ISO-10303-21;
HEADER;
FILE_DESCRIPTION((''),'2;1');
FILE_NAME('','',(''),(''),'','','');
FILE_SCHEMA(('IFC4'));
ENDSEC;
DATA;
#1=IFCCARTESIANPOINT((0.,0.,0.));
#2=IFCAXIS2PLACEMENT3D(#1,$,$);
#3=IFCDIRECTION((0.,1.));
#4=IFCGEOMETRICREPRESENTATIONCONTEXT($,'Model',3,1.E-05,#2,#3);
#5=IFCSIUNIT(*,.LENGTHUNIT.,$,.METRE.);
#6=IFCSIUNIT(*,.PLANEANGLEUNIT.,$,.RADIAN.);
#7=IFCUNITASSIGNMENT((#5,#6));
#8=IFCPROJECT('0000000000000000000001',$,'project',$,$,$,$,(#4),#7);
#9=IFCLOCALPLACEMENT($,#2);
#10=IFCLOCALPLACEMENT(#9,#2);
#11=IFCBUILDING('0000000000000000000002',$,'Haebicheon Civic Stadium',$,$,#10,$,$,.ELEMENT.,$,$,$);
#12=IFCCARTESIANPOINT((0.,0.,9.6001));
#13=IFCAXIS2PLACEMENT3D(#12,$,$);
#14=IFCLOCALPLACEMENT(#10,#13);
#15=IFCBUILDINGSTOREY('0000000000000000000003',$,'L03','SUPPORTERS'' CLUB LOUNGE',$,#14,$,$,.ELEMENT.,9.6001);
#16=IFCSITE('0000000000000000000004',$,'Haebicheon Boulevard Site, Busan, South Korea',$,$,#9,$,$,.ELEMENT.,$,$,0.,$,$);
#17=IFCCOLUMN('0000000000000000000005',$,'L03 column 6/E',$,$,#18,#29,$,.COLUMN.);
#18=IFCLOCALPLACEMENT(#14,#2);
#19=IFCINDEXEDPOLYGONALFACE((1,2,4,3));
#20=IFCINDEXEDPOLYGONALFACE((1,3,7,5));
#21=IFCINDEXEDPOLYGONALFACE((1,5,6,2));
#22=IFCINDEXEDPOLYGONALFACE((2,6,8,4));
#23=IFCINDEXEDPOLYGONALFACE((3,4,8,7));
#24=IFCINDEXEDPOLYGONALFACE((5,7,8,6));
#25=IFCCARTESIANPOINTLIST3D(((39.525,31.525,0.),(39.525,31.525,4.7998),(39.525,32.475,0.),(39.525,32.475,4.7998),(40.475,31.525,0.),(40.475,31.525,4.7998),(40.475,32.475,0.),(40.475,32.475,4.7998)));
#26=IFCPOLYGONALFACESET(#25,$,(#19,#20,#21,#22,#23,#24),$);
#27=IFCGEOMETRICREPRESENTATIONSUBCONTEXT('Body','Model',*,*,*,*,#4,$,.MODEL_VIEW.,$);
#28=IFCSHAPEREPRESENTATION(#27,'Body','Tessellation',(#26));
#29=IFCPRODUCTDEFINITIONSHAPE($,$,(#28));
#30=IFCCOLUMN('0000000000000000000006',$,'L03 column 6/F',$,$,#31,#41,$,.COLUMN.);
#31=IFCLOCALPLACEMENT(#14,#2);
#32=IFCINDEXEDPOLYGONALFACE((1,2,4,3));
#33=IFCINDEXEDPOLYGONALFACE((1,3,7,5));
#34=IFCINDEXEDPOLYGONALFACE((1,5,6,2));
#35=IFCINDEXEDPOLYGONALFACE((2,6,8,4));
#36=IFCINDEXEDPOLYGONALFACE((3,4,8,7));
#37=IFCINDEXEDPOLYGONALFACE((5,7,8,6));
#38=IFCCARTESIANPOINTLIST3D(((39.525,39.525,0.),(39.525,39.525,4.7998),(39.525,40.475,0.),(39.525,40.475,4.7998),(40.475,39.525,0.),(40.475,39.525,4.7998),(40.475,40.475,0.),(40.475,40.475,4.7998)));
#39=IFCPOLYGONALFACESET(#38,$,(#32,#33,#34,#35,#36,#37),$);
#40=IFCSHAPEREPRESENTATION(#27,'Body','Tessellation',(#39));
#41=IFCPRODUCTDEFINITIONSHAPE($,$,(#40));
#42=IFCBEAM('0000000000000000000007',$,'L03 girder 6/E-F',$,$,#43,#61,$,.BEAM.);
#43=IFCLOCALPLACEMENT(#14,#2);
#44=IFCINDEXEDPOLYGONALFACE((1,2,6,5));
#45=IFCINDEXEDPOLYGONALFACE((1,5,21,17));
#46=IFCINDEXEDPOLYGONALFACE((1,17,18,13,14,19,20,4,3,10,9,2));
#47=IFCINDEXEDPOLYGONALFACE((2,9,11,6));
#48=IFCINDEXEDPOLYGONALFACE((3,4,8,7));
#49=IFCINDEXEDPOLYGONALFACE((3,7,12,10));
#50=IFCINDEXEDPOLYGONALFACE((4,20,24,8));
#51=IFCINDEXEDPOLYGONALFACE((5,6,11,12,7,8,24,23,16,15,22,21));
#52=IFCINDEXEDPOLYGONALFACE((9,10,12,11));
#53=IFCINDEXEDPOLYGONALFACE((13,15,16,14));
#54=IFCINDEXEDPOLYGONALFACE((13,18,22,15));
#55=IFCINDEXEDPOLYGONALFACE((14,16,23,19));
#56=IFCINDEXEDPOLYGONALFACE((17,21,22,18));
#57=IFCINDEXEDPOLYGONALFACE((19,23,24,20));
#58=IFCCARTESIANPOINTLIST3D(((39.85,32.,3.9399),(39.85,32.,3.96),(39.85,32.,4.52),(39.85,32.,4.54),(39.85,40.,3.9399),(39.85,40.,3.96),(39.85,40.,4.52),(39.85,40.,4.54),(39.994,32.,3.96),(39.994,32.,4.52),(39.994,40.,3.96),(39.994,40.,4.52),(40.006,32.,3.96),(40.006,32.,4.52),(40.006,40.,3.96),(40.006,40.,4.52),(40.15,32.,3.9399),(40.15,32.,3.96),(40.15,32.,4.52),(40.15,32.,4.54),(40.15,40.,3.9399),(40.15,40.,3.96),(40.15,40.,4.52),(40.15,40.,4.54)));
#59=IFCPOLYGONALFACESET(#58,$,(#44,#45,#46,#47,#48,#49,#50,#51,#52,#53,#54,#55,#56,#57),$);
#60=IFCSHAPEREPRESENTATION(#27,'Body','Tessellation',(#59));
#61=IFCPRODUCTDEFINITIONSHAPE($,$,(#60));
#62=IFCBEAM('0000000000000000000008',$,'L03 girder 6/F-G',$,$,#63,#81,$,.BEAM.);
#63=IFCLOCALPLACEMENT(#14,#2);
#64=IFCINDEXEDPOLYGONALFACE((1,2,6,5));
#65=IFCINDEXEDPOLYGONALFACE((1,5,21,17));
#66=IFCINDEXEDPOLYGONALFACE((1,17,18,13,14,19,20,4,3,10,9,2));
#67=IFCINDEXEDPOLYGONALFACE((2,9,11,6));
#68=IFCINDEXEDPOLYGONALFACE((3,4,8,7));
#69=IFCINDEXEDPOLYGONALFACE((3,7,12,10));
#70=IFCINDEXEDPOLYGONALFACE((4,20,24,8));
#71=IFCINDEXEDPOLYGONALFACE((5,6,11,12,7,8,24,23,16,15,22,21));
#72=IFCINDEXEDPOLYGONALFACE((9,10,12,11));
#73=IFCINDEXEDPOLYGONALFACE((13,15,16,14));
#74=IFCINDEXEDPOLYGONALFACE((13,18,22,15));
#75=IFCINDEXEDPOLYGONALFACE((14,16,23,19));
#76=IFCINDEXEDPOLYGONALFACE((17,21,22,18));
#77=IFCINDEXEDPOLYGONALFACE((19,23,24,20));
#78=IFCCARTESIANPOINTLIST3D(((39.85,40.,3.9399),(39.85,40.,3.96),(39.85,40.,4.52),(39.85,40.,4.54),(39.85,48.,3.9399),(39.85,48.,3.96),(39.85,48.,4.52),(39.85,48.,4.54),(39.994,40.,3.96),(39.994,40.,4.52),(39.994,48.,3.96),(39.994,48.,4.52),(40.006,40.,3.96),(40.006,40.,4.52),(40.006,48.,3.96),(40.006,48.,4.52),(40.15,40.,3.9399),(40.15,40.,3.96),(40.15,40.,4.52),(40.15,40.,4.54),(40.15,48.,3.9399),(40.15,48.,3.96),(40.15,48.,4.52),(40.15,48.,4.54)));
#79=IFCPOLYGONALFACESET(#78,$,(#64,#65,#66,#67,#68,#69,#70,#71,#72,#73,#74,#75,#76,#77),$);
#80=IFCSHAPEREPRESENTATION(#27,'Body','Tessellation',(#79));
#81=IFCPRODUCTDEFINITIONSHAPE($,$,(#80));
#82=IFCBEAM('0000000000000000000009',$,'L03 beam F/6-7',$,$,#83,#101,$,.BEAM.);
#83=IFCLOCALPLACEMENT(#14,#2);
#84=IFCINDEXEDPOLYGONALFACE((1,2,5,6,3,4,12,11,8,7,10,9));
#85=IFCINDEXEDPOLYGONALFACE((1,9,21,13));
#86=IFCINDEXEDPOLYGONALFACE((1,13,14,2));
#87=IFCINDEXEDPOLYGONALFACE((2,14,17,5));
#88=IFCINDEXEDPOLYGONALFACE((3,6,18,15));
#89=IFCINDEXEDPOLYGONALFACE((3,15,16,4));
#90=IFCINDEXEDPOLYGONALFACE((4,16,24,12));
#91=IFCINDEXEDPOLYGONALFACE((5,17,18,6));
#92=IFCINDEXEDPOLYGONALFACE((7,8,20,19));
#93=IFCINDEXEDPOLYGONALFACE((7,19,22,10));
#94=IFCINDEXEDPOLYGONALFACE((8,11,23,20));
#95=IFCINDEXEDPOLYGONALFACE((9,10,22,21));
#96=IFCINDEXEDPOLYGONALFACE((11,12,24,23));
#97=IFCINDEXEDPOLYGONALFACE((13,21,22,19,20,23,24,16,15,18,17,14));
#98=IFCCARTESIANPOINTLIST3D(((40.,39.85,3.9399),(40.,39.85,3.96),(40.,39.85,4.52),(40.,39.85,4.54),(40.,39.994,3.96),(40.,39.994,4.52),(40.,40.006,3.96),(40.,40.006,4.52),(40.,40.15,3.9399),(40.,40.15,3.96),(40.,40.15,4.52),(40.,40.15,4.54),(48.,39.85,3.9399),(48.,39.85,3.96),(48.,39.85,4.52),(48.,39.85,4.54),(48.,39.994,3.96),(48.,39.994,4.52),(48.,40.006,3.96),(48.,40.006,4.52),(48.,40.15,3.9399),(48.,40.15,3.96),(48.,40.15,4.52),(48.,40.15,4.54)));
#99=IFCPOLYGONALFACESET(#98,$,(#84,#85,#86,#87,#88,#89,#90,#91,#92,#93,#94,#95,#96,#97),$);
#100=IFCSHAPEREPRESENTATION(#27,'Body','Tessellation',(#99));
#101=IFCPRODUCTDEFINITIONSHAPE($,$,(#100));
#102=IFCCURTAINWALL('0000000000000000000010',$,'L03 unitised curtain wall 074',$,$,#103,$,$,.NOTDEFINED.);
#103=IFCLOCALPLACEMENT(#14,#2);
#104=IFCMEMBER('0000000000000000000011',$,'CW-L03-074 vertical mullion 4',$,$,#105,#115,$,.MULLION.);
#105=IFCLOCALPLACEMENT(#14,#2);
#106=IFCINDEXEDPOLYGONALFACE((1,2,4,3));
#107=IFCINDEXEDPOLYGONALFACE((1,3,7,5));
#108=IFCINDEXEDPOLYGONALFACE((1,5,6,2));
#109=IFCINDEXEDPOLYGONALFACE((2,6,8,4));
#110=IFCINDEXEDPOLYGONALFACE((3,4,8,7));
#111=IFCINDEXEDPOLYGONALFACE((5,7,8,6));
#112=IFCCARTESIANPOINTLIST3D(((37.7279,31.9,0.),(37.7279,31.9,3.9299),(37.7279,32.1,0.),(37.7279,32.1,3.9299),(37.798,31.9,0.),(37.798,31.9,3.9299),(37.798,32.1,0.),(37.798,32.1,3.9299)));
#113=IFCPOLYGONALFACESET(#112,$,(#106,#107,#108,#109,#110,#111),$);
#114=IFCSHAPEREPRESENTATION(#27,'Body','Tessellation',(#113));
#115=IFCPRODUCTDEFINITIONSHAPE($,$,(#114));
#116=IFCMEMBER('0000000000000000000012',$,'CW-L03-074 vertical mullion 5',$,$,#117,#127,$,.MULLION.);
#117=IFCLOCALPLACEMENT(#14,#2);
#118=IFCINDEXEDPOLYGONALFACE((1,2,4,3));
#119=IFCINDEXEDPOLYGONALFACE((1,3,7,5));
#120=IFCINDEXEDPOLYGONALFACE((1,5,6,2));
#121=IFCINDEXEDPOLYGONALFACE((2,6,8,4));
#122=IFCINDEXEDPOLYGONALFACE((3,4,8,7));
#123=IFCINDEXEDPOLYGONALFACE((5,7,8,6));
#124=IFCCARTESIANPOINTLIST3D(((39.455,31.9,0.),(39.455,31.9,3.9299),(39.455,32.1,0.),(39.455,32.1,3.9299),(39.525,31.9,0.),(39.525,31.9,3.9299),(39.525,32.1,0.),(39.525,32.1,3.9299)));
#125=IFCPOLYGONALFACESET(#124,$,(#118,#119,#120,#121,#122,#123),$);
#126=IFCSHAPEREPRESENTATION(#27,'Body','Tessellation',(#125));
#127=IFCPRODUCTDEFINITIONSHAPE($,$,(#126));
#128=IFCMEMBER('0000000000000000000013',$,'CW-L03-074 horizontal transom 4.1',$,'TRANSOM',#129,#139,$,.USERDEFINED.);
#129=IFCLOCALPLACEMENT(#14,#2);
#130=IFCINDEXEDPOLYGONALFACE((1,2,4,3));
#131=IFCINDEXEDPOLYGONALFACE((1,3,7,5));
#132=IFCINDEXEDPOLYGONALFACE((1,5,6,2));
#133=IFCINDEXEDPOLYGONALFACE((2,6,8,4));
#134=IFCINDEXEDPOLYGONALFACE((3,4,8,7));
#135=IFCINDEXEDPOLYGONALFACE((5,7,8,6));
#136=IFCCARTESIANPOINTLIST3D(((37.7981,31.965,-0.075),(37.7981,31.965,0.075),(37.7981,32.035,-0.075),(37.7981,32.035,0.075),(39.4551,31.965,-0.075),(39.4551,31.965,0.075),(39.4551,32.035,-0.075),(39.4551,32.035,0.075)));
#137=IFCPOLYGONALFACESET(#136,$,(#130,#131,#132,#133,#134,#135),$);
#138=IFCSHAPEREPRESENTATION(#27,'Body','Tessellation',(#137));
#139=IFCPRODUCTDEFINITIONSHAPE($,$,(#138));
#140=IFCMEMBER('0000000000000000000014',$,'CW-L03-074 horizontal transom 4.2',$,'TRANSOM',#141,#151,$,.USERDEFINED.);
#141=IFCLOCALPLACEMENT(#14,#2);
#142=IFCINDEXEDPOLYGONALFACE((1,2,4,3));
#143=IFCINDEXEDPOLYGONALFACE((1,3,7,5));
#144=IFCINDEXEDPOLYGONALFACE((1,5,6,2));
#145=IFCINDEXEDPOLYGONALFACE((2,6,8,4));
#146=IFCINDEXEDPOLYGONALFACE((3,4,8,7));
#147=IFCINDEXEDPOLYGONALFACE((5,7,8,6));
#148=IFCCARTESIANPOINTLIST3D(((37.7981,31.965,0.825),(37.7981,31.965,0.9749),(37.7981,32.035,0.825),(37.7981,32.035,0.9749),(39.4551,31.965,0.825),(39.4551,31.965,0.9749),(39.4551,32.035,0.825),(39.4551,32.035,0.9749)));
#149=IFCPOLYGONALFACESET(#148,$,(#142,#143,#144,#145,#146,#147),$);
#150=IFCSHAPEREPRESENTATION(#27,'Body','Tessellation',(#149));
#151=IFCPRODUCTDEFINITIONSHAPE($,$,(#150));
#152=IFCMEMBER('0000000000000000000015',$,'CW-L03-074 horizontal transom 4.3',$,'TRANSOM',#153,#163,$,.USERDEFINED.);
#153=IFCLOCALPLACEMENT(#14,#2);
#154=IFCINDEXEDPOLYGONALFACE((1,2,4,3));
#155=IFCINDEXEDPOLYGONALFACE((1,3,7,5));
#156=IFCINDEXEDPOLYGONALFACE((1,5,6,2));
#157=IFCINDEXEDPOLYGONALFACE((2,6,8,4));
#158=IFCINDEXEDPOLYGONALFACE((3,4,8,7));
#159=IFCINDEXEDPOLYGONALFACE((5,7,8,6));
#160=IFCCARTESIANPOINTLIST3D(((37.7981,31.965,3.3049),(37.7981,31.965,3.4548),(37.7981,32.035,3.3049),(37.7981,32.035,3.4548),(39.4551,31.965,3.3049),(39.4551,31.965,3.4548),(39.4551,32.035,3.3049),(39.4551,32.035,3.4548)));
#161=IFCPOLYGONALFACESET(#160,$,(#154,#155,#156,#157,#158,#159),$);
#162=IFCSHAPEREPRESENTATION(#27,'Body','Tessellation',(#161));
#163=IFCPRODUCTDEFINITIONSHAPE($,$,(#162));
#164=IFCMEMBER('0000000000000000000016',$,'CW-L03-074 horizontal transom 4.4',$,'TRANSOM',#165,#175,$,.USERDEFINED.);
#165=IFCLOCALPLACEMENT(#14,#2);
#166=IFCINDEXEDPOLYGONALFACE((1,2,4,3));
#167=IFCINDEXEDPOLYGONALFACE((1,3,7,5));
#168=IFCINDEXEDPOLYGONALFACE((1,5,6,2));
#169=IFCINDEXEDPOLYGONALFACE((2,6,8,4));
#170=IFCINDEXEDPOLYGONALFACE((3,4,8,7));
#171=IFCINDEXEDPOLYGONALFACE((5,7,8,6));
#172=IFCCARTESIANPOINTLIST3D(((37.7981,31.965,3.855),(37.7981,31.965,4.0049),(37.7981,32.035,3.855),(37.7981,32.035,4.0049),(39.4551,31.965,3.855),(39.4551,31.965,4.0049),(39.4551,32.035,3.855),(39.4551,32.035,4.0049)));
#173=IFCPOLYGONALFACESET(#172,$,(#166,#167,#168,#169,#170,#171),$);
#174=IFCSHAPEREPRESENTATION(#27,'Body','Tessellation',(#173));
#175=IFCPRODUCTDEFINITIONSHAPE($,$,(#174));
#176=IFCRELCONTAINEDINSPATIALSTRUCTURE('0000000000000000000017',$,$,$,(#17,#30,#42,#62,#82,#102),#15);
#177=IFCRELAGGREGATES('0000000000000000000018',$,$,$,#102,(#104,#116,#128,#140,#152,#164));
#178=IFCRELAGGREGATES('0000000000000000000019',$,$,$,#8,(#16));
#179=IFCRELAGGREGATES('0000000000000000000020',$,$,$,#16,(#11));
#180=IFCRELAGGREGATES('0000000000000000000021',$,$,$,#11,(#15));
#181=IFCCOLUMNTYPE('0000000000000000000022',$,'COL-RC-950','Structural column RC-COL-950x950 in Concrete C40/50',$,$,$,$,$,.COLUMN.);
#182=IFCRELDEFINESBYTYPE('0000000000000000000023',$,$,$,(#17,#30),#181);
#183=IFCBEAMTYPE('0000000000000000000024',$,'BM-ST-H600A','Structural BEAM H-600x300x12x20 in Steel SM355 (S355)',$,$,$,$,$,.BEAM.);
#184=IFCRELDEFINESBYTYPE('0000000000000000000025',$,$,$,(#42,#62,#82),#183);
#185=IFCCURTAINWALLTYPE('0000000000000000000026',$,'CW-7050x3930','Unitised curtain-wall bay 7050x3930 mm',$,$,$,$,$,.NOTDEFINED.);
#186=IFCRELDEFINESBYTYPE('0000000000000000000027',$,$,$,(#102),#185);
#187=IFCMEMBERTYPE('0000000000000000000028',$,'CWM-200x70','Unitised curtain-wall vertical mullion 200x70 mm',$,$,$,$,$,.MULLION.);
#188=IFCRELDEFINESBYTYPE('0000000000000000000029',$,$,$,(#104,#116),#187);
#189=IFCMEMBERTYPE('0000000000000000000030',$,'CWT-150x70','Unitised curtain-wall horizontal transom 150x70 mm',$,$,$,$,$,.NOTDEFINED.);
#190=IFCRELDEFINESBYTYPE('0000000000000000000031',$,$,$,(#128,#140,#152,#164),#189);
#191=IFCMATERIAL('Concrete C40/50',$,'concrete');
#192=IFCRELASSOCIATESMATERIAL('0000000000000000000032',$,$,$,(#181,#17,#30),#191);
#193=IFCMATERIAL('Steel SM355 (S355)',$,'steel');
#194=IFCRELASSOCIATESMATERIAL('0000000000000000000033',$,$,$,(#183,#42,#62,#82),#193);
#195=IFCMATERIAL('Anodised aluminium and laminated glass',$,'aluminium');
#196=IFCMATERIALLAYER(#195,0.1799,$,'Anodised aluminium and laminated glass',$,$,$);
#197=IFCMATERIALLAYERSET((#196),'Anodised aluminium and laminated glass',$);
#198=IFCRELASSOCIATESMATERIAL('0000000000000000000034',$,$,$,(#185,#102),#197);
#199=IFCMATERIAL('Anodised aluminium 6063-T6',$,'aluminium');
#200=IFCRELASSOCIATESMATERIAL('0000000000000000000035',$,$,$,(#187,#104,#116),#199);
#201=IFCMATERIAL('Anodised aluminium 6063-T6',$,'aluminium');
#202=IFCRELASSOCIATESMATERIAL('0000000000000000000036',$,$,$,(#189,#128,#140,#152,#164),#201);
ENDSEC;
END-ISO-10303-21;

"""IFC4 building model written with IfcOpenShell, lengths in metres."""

from ifc_helpers import new_model, si_unit, direction, frame, origin, origin_2d, place, context, subcontext, project, spatial, rectangle, i_section, extrude, material, layer, layer_set, material_profile, profile_set, type_object, element, aggregate, save


model = new_model("IFC4")

# Units and contexts
model_context = context("Model", 3, precision=1e-05, world=origin(), true_north=direction((0.0, 1.0)))
body_context = subcontext(model_context, "Body", "Model", "MODEL_VIEW")
ifc_project = project(units=[si_unit("LENGTHUNIT", "METRE"), si_unit("PLANEANGLEUNIT", "RADIAN")], contexts=[model_context])

# Site, building, storey
site_placement = place(None, origin())
site = spatial("IfcSite", under=ifc_project, at=site_placement, Name="Haebicheon Boulevard Site, Busan, South Korea", CompositionType="ELEMENT", RefElevation=0.0)
building_placement = place(site_placement, origin())
building = spatial("IfcBuilding", under=site, at=building_placement, Name="Haebicheon Civic Stadium", CompositionType="ELEMENT")
storey_placement = place(building_placement, frame((0.0, 0.0, 9.6001)))
storey = spatial("IfcBuildingStorey", under=building, at=storey_placement, Name="L03", Description="SUPPORTERS' CLUB LOUNGE", CompositionType="ELEMENT", Elevation=9.6001)

# Columns
ifc_material_1 = material(Name="Concrete C40/50", Category="concrete")
ifc_material_profile_1 = material_profile(ifc_material_1, rectangle(XDim=0.95, YDim=0.95, at=origin_2d()), Name="RC-COL-950x950")
ifc_profile_set_1 = profile_set([ifc_material_profile_1], Name="Concrete C40/50")
column_type = type_object("IfcColumnType", Name="COL-RC-950", Description="Structural column RC-COL-950x950 in Concrete C40/50", PredefinedType="COLUMN", material=ifc_profile_set_1)
for number, where, z_axis, x_axis, name in (
    (1, (40.0, 32.0, 0.0), (0.0, 0.0, 1.0), (1.0, 0.0, 0.0), "L03 column 6/E"),
    (2, (40.0, 40.0, 0.0), (0.0, 0.0, 1.0), (1.0, 0.0, 0.0), "L03 column 6/F"),
):
    element("IfcColumn", number, at=place(storey_placement, frame(where, z_axis=z_axis, x_axis=x_axis)), inside=storey, type_object=column_type, material=ifc_profile_set_1, Name=name, PredefinedType="COLUMN", context=body_context, shape_type="SweptSolid", body=[
        extrude(rectangle(XDim=0.95, YDim=0.95, at=origin_2d()), origin(), (0.0, 0.0, 1.0), 4.7998),
    ])

# Beams
ifc_material_2 = material(Name="Steel SM355 (S355)", Category="steel")
ifc_material_profile_2 = material_profile(ifc_material_2, i_section(OverallWidth=0.3, OverallDepth=0.6001, WebThickness=0.012, FlangeThickness=0.02, at=origin_2d()), Name="H-600x300x12x20")
ifc_profile_set_2 = profile_set([ifc_material_profile_2], Name="Steel SM355 (S355)")
beam_type_1 = type_object("IfcBeamType", Name="BM-ST-H600A", Description="Structural BEAM H-600x300x12x20 in Steel SM355 (S355)", PredefinedType="BEAM", material=ifc_profile_set_2)
for number, where, z_axis, x_axis, name in (
    (3, (40.0, 32.0, 4.24), (0.0, 1.0, 0.0), (-1.0, 0.0, 0.0), "L03 girder 6/E-F"),
    (4, (40.0, 40.0, 4.24), (0.0, 1.0, 0.0), (-1.0, 0.0, 0.0), "L03 girder 6/F-G"),
    (5, (40.0, 40.0, 4.24), (1.0, 0.0, 0.0), (0.0, 1.0, 0.0), "L03 beam F/6-7"),
):
    element("IfcBeam", number, at=place(storey_placement, frame(where, z_axis=z_axis, x_axis=x_axis)), inside=storey, type_object=beam_type_1, material=ifc_profile_set_2, Name=name, PredefinedType="BEAM", context=body_context, shape_type="SweptSolid", body=[
        extrude(i_section(OverallWidth=0.3, OverallDepth=0.6001, WebThickness=0.012, FlangeThickness=0.02, at=origin_2d()), origin(), (0.0, 0.0, 1.0), 8.0),
    ])

# Curtain wall, members
ifc_material_3 = material(Name="Anodised aluminium and laminated glass", Category="aluminium")
ifc_layer_1 = layer(ifc_material_3, 0.1799, Name="Anodised aluminium and laminated glass")
ifc_layer_set_1 = layer_set([ifc_layer_1], Name="Anodised aluminium and laminated glass")
curtain_wall_type = type_object("IfcCurtainWallType", Name="CW-7050x3930", Description="Unitised curtain-wall bay 7050x3930 mm", PredefinedType="NOTDEFINED", material=ifc_layer_set_1)
curtain_wall_placement = place(storey_placement, origin())
curtain_wall = element("IfcCurtainWall", 6, at=curtain_wall_placement, inside=storey, type_object=curtain_wall_type, material=ifc_layer_set_1, Name="L03 unitised curtain wall 074", PredefinedType="NOTDEFINED")
ifc_material_4 = material(Name="Anodised aluminium 6063-T6", Category="aluminium")
ifc_material_profile_3 = material_profile(ifc_material_4, rectangle(XDim=0.0701, YDim=0.2, at=origin_2d()), Name="ALU-MULL-70x200")
ifc_profile_set_3 = profile_set([ifc_material_profile_3], Name="Anodised aluminium 6063-T6")
member_type_1 = type_object("IfcMemberType", Name="CWM-200x70", Description="Unitised curtain-wall vertical mullion 200x70 mm", PredefinedType="MULLION", material=ifc_profile_set_3)
member_1_placement = place(storey_placement, frame((37.7629, 32.0, 0.0), z_axis=(0.0, 0.0, 1.0), x_axis=(1.0, 0.0, 0.0)))
member_1 = element("IfcMember", 7, at=member_1_placement, type_object=member_type_1, material=ifc_profile_set_3, Name="CW-L03-074 vertical mullion 4", PredefinedType="MULLION", context=body_context, shape_type="SweptSolid", body=[
    extrude(rectangle(XDim=0.0701, YDim=0.2, at=origin_2d()), origin(), (0.0, 0.0, 1.0), 3.9299),
])
member_2_placement = place(storey_placement, frame((39.49, 32.0, 0.0), z_axis=(0.0, 0.0, 1.0), x_axis=(1.0, 0.0, 0.0)))
member_2 = element("IfcMember", 8, at=member_2_placement, type_object=member_type_1, material=ifc_profile_set_3, Name="CW-L03-074 vertical mullion 5", PredefinedType="MULLION", context=body_context, shape_type="SweptSolid", body=[
    extrude(rectangle(XDim=0.0701, YDim=0.2, at=origin_2d()), origin(), (0.0, 0.0, 1.0), 3.9299),
])
ifc_material_5 = material(Name="Anodised aluminium 6063-T6", Category="aluminium")
ifc_material_profile_4 = material_profile(ifc_material_5, rectangle(XDim=0.0701, YDim=0.1499, at=origin_2d()), Name="ALU-TRAN-70x150")
ifc_profile_set_4 = profile_set([ifc_material_profile_4], Name="Anodised aluminium 6063-T6")
member_type_2 = type_object("IfcMemberType", Name="CWT-150x70", Description="Unitised curtain-wall horizontal transom 150x70 mm", PredefinedType="NOTDEFINED", material=ifc_profile_set_4)
member_3_placement = place(storey_placement, frame((37.7981, 32.0, 0.0), z_axis=(1.0, 0.0, 0.0), x_axis=(0.0, 1.0, 0.0)))
member_3 = element("IfcMember", 9, at=member_3_placement, type_object=member_type_2, material=ifc_profile_set_4, Name="CW-L03-074 horizontal transom 4.1", ObjectType="TRANSOM", PredefinedType="USERDEFINED", context=body_context, shape_type="SweptSolid", body=[
    extrude(rectangle(XDim=0.0701, YDim=0.1499, at=origin_2d()), origin(), (0.0, 0.0, 1.0), 1.657),
])
member_4_placement = place(storey_placement, frame((37.7981, 32.0, 0.8999), z_axis=(1.0, 0.0, 0.0), x_axis=(0.0, 1.0, 0.0)))
member_4 = element("IfcMember", 10, at=member_4_placement, type_object=member_type_2, material=ifc_profile_set_4, Name="CW-L03-074 horizontal transom 4.2", ObjectType="TRANSOM", PredefinedType="USERDEFINED", context=body_context, shape_type="SweptSolid", body=[
    extrude(rectangle(XDim=0.0701, YDim=0.1499, at=origin_2d()), origin(), (0.0, 0.0, 1.0), 1.657),
])
member_5_placement = place(storey_placement, frame((37.7981, 32.0, 3.3799), z_axis=(1.0, 0.0, 0.0), x_axis=(0.0, 1.0, 0.0)))
member_5 = element("IfcMember", 11, at=member_5_placement, type_object=member_type_2, material=ifc_profile_set_4, Name="CW-L03-074 horizontal transom 4.3", ObjectType="TRANSOM", PredefinedType="USERDEFINED", context=body_context, shape_type="SweptSolid", body=[
    extrude(rectangle(XDim=0.0701, YDim=0.1499, at=origin_2d()), origin(), (0.0, 0.0, 1.0), 1.657),
])
member_6_placement = place(storey_placement, frame((37.7981, 32.0, 3.9299), z_axis=(1.0, 0.0, 0.0), x_axis=(0.0, 1.0, 0.0)))
member_6 = element("IfcMember", 12, at=member_6_placement, type_object=member_type_2, material=ifc_profile_set_4, Name="CW-L03-074 horizontal transom 4.4", ObjectType="TRANSOM", PredefinedType="USERDEFINED", context=body_context, shape_type="SweptSolid", body=[
    extrude(rectangle(XDim=0.0701, YDim=0.1499, at=origin_2d()), origin(), (0.0, 0.0, 1.0), 1.657),
])

aggregate(curtain_wall, [member_1, member_2, member_3, member_4, member_5, member_6])

save(model, "model.ifc")
